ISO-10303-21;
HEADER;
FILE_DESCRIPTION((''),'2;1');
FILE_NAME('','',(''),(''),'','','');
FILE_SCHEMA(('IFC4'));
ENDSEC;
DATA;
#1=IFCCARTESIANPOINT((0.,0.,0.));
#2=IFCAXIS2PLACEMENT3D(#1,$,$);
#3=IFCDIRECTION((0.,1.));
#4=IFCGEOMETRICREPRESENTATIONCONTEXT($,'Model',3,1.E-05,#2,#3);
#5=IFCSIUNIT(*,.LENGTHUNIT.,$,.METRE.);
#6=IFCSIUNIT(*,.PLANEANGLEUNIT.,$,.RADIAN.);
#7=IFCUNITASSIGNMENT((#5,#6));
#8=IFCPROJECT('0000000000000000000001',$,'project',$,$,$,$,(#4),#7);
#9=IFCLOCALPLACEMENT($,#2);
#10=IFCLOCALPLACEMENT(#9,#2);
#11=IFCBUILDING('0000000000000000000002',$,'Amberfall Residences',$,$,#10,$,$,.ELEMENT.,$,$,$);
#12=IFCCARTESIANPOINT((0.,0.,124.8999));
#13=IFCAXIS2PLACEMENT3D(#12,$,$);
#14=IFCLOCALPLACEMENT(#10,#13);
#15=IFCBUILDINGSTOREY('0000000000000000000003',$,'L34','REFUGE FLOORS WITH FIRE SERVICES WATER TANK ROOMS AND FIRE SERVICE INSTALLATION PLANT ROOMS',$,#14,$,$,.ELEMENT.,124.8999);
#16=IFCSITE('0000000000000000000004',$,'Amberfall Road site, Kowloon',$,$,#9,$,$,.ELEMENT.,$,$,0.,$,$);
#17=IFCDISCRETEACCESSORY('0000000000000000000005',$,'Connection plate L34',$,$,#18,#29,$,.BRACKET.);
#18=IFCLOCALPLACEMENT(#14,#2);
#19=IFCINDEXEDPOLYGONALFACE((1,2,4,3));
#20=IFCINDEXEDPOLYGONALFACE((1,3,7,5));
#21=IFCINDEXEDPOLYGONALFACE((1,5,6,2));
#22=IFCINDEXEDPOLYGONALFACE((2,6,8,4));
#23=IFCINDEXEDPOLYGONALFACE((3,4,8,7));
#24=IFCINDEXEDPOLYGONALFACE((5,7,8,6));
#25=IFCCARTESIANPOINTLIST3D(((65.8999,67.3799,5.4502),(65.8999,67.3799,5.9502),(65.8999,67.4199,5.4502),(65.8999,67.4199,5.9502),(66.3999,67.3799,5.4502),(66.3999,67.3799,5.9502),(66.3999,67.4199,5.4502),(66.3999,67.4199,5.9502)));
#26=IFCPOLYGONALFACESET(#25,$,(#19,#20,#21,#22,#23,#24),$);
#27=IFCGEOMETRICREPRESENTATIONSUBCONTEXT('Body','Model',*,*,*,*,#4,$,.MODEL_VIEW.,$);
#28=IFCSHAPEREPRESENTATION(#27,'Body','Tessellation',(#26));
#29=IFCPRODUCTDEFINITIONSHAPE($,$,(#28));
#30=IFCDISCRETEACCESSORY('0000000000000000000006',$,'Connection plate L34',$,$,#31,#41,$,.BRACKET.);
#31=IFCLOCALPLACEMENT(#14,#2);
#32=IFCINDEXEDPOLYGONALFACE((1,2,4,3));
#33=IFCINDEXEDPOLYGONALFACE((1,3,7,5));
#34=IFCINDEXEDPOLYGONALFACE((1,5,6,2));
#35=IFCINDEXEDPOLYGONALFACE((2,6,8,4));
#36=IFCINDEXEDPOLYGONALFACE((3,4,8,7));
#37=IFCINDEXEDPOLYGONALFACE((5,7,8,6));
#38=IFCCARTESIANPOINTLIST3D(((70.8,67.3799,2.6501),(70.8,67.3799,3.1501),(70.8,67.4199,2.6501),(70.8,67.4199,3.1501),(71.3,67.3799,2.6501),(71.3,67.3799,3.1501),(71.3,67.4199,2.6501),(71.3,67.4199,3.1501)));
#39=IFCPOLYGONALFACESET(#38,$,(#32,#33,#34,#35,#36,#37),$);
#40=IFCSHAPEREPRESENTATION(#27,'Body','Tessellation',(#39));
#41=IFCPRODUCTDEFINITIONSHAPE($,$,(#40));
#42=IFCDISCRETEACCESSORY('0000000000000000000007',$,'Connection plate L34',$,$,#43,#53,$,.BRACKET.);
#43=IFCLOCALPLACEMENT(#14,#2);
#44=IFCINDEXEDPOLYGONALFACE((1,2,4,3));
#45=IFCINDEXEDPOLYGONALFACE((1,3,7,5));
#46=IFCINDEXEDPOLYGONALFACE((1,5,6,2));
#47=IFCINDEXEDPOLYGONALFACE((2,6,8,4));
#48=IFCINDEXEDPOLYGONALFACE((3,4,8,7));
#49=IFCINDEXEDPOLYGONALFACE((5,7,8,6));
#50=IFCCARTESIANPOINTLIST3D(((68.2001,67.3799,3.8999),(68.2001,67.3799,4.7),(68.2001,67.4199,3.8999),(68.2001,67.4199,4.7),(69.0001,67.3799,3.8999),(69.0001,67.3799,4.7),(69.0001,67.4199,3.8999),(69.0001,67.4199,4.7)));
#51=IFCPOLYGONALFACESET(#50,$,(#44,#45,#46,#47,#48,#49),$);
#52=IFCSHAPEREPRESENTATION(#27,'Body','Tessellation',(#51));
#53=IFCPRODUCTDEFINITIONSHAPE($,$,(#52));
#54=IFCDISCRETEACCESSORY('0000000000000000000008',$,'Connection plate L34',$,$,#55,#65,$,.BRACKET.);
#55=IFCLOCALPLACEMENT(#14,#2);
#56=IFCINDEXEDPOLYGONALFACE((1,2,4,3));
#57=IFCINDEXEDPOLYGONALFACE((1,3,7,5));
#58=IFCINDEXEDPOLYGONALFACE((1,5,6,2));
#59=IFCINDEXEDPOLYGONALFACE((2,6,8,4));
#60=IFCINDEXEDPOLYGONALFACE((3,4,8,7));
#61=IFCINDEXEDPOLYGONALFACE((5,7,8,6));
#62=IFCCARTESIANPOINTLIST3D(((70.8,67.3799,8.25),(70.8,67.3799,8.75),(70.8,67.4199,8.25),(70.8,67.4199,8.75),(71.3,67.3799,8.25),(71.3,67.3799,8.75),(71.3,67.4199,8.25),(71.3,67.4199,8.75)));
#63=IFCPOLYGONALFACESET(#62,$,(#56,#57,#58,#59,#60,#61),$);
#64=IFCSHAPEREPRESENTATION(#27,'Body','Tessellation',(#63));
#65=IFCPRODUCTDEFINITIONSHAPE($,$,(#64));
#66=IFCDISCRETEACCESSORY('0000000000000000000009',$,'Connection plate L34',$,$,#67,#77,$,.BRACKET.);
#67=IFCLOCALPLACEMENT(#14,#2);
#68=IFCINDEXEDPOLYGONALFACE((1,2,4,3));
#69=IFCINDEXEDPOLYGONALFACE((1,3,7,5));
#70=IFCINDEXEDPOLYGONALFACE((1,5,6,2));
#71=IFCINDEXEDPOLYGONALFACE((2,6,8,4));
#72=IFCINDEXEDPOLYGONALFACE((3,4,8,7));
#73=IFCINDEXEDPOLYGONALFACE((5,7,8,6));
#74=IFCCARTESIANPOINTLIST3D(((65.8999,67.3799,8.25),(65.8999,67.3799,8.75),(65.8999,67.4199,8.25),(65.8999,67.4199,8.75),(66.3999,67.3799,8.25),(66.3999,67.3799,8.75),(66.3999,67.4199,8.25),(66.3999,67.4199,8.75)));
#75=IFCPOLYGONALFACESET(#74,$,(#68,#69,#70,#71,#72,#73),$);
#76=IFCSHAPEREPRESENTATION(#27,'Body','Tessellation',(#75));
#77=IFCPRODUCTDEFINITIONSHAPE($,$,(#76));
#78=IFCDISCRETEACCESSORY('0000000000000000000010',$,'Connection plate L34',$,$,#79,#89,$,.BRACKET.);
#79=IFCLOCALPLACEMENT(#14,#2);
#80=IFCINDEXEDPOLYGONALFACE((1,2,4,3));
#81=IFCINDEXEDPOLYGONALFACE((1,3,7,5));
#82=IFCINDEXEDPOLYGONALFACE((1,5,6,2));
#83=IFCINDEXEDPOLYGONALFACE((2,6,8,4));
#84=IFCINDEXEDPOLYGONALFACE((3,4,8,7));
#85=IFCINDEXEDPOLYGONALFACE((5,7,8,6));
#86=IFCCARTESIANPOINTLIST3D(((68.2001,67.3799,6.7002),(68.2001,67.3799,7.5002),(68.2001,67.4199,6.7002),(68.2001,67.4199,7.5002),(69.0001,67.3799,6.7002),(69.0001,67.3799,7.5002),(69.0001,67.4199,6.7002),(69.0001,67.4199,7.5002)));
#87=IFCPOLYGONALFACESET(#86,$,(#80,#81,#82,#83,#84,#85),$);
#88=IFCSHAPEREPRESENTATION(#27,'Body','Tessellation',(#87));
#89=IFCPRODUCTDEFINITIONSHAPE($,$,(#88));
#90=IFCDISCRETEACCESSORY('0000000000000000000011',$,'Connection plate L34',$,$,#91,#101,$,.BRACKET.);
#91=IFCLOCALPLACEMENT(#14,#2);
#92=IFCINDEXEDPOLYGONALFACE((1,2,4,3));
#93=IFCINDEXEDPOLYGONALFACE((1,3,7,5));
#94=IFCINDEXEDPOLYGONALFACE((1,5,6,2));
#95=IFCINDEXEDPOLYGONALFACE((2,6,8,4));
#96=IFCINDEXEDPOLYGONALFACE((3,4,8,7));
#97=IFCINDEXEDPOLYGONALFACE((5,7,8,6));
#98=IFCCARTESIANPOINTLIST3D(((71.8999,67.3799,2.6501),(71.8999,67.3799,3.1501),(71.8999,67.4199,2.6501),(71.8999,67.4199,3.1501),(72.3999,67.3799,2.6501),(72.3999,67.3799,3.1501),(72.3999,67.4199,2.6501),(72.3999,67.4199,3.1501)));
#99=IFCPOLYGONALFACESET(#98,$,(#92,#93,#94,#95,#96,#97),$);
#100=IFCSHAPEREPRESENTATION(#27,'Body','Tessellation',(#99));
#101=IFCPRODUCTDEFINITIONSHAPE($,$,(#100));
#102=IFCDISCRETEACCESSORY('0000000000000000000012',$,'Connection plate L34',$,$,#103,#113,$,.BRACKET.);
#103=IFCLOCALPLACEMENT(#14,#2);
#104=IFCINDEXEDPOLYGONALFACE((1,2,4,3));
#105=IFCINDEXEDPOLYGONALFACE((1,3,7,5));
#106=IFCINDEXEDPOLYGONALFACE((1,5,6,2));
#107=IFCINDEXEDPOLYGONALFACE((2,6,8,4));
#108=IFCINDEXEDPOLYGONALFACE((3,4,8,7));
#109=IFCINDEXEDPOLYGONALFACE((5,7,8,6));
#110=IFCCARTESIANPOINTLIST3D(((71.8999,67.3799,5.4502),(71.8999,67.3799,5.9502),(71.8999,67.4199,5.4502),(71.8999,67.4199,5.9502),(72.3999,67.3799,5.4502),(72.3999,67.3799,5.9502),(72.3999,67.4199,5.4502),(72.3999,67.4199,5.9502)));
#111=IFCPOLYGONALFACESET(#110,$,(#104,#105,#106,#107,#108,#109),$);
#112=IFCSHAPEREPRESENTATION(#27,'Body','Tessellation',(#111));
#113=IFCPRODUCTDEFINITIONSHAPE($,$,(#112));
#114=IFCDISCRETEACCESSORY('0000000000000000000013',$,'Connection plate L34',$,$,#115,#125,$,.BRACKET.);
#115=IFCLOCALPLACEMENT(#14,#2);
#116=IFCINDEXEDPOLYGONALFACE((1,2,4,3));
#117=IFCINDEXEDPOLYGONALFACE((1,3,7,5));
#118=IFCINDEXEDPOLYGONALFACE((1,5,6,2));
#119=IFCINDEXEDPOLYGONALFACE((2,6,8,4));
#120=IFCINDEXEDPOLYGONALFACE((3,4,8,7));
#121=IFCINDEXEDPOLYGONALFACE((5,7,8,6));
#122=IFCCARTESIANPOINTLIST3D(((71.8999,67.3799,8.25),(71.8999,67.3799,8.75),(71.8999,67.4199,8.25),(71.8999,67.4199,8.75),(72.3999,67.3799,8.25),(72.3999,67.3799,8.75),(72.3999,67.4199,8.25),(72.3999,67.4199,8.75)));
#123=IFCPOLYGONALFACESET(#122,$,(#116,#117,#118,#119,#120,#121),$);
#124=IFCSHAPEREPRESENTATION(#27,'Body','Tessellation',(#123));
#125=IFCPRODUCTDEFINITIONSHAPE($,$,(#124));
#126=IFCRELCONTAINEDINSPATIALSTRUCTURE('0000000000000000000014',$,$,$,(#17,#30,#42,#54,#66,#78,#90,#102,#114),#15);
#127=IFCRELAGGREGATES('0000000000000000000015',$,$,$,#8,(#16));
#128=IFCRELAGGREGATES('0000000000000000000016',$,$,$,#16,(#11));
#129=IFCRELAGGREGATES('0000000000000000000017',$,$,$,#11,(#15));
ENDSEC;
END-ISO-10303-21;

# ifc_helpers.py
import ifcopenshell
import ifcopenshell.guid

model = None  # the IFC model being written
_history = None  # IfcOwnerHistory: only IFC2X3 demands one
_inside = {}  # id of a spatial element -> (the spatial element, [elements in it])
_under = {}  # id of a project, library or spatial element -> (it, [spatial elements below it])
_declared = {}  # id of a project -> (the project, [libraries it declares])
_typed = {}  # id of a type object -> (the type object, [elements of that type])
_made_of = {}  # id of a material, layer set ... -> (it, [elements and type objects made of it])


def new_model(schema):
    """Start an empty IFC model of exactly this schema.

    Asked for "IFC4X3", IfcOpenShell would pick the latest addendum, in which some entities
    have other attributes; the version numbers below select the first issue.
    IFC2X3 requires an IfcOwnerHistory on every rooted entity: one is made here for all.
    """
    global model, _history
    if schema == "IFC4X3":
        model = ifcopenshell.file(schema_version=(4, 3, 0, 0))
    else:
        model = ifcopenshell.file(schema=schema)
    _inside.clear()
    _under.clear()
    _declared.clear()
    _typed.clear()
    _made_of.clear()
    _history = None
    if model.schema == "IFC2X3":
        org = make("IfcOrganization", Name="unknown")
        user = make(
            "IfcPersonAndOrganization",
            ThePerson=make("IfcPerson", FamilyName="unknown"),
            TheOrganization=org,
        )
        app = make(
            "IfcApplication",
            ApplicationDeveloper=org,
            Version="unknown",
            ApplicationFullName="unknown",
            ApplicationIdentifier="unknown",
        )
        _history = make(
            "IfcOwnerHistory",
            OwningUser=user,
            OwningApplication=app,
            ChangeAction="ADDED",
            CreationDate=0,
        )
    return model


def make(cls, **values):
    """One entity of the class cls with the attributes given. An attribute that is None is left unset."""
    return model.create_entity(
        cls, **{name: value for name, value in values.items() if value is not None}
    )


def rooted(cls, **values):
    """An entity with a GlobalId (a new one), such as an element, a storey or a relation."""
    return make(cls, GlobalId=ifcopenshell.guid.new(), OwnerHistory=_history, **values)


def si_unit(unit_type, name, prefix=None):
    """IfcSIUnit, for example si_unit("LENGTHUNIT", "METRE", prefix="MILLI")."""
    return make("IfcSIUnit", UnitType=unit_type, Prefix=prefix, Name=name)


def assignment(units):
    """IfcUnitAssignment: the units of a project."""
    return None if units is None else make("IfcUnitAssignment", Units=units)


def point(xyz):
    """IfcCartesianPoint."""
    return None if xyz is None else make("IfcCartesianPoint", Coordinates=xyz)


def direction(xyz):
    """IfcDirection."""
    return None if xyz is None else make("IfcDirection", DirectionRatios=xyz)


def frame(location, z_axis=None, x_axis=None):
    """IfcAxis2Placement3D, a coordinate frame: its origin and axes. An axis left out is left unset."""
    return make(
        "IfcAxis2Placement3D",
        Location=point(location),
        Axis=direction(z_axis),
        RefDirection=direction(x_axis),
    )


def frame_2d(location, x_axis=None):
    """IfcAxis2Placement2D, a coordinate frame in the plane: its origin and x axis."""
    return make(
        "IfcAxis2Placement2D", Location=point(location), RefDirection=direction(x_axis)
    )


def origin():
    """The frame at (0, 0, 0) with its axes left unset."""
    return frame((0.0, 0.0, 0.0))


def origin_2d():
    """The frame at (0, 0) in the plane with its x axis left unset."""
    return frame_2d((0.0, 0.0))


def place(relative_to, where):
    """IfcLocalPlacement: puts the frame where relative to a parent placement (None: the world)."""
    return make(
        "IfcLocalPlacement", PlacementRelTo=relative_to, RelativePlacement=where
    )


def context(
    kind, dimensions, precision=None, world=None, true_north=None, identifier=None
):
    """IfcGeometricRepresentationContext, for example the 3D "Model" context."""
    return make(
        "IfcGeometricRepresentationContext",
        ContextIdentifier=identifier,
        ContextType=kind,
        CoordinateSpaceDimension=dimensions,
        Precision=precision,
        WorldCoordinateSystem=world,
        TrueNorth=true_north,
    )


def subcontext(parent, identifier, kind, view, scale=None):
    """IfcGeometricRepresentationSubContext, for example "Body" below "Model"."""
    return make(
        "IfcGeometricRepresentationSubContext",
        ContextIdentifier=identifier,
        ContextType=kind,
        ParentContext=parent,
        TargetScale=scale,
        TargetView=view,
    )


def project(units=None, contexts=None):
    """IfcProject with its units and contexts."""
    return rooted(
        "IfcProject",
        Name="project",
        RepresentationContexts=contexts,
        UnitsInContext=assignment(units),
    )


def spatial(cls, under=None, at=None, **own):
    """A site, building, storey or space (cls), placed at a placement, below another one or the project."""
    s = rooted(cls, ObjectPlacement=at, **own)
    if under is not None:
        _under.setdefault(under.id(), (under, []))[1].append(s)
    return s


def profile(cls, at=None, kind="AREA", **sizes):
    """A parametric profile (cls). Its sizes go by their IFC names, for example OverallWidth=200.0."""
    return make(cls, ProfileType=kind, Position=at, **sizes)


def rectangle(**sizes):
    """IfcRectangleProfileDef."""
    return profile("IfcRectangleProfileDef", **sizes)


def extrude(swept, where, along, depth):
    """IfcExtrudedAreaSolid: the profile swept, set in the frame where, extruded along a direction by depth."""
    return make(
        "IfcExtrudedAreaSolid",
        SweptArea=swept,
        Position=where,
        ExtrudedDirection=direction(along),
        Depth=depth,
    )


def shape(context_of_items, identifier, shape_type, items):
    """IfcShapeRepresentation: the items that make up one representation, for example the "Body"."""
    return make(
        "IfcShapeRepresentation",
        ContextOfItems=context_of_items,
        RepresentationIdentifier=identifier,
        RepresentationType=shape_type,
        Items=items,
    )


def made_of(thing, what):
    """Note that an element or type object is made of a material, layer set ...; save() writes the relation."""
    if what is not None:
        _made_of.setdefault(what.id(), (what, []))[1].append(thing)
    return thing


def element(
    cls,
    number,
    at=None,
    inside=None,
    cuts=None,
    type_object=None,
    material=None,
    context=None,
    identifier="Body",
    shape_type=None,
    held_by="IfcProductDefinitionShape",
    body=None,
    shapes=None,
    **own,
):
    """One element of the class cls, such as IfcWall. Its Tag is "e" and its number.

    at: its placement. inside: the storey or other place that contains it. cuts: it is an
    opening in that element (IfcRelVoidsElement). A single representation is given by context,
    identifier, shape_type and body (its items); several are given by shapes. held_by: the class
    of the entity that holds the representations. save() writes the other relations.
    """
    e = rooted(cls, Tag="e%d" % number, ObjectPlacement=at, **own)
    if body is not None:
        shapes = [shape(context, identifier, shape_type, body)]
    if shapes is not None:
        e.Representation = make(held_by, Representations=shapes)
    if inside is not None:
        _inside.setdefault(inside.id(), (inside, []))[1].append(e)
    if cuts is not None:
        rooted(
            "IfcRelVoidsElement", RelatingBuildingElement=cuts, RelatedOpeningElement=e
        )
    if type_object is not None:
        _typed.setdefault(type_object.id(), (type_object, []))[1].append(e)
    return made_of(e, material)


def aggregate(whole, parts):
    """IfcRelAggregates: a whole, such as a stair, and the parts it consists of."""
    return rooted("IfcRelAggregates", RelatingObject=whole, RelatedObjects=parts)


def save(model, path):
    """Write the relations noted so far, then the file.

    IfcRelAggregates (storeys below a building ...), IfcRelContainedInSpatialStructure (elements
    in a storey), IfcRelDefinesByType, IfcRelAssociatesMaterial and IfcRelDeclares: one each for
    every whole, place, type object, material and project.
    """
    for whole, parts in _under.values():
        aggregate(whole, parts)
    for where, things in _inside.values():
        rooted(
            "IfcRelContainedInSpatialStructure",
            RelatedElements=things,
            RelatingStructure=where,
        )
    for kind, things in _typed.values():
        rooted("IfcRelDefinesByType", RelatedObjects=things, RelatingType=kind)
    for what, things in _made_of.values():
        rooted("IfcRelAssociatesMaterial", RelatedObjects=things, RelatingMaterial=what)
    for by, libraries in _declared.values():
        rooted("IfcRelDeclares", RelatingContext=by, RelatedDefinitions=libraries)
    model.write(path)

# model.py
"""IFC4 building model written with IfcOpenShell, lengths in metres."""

from ifc_helpers import new_model, si_unit, direction, frame, origin, origin_2d, place, context, subcontext, project, spatial, rectangle, extrude, element, save


model = new_model("IFC4")

# Units and contexts
model_context = context("Model", 3, precision=1e-05, world=origin(), true_north=direction((0.0, 1.0)))
body_context = subcontext(model_context, "Body", "Model", "MODEL_VIEW")
ifc_project = project(units=[si_unit("LENGTHUNIT", "METRE"), si_unit("PLANEANGLEUNIT", "RADIAN")], contexts=[model_context])

# Site, building, storey
site_placement = place(None, origin())
site = spatial("IfcSite", under=ifc_project, at=site_placement, Name="Amberfall Road site, Kowloon", CompositionType="ELEMENT", RefElevation=0.0)
building_placement = place(site_placement, origin())
building = spatial("IfcBuilding", under=site, at=building_placement, Name="Amberfall Residences", CompositionType="ELEMENT")
storey_placement = place(building_placement, frame((0.0, 0.0, 124.8999)))
storey = spatial("IfcBuildingStorey", under=building, at=storey_placement, Name="L34", Description="REFUGE FLOORS WITH FIRE SERVICES WATER TANK ROOMS AND FIRE SERVICE INSTALLATION PLANT ROOMS", CompositionType="ELEMENT", Elevation=124.8999)

# Discrete accessories
for number, where, z_axis, x_axis, name in (
    (1, (66.1499, 67.3999, 5.4502), (0.0, 0.0, 1.0), (1.0, 0.0, 0.0), "Connection plate L34"),
    (2, (71.05, 67.3999, 2.6501), (0.0, 0.0, 1.0), (1.0, 0.0, 0.0), "Connection plate L34"),
):
    element("IfcDiscreteAccessory", number, at=place(storey_placement, frame(where, z_axis=z_axis, x_axis=x_axis)), inside=storey, Name=name, PredefinedType="BRACKET", context=body_context, shape_type="SweptSolid", body=[
        extrude(rectangle(XDim=0.5, YDim=0.04, at=origin_2d()), origin(), (0.0, 0.0, 1.0), 0.5),
    ])
discrete_accessory_1_placement = place(storey_placement, frame((68.6001, 67.3999, 3.8999), z_axis=(0.0, 0.0, 1.0), x_axis=(1.0, 0.0, 0.0)))
element("IfcDiscreteAccessory", 3, at=discrete_accessory_1_placement, inside=storey, Name="Connection plate L34", PredefinedType="BRACKET", context=body_context, shape_type="SweptSolid", body=[
    extrude(rectangle(XDim=0.8, YDim=0.04, at=origin_2d()), origin(), (0.0, 0.0, 1.0), 0.8),
])
for number, where, z_axis, x_axis, name in (
    (4, (71.05, 67.3999, 8.25), (0.0, 0.0, 1.0), (1.0, 0.0, 0.0), "Connection plate L34"),
    (5, (66.1499, 67.3999, 8.25), (0.0, 0.0, 1.0), (1.0, 0.0, 0.0), "Connection plate L34"),
):
    element("IfcDiscreteAccessory", number, at=place(storey_placement, frame(where, z_axis=z_axis, x_axis=x_axis)), inside=storey, Name=name, PredefinedType="BRACKET", context=body_context, shape_type="SweptSolid", body=[
        extrude(rectangle(XDim=0.5, YDim=0.04, at=origin_2d()), origin(), (0.0, 0.0, 1.0), 0.5),
    ])
discrete_accessory_2_placement = place(storey_placement, frame((68.6001, 67.3999, 6.7002), z_axis=(0.0, 0.0, 1.0), x_axis=(1.0, 0.0, 0.0)))
element("IfcDiscreteAccessory", 6, at=discrete_accessory_2_placement, inside=storey, Name="Connection plate L34", PredefinedType="BRACKET", context=body_context, shape_type="SweptSolid", body=[
    extrude(rectangle(XDim=0.8, YDim=0.04, at=origin_2d()), origin(), (0.0, 0.0, 1.0), 0.8),
])
for number, where, z_axis, x_axis, name in (
    (7, (72.1499, 67.3999, 2.6501), (0.0, 0.0, 1.0), (1.0, 0.0, 0.0), "Connection plate L34"),
    (8, (72.1499, 67.3999, 5.4502), (0.0, 0.0, 1.0), (1.0, 0.0, 0.0), "Connection plate L34"),
    (9, (72.1499, 67.3999, 8.25), (0.0, 0.0, 1.0), (1.0, 0.0, 0.0), "Connection plate L34"),
):
    element("IfcDiscreteAccessory", number, at=place(storey_placement, frame(where, z_axis=z_axis, x_axis=x_axis)), inside=storey, Name=name, PredefinedType="BRACKET", context=body_context, shape_type="SweptSolid", body=[
        extrude(rectangle(XDim=0.5, YDim=0.04, at=origin_2d()), origin(), (0.0, 0.0, 1.0), 0.5),
    ])

save(model, "model.ifc")
